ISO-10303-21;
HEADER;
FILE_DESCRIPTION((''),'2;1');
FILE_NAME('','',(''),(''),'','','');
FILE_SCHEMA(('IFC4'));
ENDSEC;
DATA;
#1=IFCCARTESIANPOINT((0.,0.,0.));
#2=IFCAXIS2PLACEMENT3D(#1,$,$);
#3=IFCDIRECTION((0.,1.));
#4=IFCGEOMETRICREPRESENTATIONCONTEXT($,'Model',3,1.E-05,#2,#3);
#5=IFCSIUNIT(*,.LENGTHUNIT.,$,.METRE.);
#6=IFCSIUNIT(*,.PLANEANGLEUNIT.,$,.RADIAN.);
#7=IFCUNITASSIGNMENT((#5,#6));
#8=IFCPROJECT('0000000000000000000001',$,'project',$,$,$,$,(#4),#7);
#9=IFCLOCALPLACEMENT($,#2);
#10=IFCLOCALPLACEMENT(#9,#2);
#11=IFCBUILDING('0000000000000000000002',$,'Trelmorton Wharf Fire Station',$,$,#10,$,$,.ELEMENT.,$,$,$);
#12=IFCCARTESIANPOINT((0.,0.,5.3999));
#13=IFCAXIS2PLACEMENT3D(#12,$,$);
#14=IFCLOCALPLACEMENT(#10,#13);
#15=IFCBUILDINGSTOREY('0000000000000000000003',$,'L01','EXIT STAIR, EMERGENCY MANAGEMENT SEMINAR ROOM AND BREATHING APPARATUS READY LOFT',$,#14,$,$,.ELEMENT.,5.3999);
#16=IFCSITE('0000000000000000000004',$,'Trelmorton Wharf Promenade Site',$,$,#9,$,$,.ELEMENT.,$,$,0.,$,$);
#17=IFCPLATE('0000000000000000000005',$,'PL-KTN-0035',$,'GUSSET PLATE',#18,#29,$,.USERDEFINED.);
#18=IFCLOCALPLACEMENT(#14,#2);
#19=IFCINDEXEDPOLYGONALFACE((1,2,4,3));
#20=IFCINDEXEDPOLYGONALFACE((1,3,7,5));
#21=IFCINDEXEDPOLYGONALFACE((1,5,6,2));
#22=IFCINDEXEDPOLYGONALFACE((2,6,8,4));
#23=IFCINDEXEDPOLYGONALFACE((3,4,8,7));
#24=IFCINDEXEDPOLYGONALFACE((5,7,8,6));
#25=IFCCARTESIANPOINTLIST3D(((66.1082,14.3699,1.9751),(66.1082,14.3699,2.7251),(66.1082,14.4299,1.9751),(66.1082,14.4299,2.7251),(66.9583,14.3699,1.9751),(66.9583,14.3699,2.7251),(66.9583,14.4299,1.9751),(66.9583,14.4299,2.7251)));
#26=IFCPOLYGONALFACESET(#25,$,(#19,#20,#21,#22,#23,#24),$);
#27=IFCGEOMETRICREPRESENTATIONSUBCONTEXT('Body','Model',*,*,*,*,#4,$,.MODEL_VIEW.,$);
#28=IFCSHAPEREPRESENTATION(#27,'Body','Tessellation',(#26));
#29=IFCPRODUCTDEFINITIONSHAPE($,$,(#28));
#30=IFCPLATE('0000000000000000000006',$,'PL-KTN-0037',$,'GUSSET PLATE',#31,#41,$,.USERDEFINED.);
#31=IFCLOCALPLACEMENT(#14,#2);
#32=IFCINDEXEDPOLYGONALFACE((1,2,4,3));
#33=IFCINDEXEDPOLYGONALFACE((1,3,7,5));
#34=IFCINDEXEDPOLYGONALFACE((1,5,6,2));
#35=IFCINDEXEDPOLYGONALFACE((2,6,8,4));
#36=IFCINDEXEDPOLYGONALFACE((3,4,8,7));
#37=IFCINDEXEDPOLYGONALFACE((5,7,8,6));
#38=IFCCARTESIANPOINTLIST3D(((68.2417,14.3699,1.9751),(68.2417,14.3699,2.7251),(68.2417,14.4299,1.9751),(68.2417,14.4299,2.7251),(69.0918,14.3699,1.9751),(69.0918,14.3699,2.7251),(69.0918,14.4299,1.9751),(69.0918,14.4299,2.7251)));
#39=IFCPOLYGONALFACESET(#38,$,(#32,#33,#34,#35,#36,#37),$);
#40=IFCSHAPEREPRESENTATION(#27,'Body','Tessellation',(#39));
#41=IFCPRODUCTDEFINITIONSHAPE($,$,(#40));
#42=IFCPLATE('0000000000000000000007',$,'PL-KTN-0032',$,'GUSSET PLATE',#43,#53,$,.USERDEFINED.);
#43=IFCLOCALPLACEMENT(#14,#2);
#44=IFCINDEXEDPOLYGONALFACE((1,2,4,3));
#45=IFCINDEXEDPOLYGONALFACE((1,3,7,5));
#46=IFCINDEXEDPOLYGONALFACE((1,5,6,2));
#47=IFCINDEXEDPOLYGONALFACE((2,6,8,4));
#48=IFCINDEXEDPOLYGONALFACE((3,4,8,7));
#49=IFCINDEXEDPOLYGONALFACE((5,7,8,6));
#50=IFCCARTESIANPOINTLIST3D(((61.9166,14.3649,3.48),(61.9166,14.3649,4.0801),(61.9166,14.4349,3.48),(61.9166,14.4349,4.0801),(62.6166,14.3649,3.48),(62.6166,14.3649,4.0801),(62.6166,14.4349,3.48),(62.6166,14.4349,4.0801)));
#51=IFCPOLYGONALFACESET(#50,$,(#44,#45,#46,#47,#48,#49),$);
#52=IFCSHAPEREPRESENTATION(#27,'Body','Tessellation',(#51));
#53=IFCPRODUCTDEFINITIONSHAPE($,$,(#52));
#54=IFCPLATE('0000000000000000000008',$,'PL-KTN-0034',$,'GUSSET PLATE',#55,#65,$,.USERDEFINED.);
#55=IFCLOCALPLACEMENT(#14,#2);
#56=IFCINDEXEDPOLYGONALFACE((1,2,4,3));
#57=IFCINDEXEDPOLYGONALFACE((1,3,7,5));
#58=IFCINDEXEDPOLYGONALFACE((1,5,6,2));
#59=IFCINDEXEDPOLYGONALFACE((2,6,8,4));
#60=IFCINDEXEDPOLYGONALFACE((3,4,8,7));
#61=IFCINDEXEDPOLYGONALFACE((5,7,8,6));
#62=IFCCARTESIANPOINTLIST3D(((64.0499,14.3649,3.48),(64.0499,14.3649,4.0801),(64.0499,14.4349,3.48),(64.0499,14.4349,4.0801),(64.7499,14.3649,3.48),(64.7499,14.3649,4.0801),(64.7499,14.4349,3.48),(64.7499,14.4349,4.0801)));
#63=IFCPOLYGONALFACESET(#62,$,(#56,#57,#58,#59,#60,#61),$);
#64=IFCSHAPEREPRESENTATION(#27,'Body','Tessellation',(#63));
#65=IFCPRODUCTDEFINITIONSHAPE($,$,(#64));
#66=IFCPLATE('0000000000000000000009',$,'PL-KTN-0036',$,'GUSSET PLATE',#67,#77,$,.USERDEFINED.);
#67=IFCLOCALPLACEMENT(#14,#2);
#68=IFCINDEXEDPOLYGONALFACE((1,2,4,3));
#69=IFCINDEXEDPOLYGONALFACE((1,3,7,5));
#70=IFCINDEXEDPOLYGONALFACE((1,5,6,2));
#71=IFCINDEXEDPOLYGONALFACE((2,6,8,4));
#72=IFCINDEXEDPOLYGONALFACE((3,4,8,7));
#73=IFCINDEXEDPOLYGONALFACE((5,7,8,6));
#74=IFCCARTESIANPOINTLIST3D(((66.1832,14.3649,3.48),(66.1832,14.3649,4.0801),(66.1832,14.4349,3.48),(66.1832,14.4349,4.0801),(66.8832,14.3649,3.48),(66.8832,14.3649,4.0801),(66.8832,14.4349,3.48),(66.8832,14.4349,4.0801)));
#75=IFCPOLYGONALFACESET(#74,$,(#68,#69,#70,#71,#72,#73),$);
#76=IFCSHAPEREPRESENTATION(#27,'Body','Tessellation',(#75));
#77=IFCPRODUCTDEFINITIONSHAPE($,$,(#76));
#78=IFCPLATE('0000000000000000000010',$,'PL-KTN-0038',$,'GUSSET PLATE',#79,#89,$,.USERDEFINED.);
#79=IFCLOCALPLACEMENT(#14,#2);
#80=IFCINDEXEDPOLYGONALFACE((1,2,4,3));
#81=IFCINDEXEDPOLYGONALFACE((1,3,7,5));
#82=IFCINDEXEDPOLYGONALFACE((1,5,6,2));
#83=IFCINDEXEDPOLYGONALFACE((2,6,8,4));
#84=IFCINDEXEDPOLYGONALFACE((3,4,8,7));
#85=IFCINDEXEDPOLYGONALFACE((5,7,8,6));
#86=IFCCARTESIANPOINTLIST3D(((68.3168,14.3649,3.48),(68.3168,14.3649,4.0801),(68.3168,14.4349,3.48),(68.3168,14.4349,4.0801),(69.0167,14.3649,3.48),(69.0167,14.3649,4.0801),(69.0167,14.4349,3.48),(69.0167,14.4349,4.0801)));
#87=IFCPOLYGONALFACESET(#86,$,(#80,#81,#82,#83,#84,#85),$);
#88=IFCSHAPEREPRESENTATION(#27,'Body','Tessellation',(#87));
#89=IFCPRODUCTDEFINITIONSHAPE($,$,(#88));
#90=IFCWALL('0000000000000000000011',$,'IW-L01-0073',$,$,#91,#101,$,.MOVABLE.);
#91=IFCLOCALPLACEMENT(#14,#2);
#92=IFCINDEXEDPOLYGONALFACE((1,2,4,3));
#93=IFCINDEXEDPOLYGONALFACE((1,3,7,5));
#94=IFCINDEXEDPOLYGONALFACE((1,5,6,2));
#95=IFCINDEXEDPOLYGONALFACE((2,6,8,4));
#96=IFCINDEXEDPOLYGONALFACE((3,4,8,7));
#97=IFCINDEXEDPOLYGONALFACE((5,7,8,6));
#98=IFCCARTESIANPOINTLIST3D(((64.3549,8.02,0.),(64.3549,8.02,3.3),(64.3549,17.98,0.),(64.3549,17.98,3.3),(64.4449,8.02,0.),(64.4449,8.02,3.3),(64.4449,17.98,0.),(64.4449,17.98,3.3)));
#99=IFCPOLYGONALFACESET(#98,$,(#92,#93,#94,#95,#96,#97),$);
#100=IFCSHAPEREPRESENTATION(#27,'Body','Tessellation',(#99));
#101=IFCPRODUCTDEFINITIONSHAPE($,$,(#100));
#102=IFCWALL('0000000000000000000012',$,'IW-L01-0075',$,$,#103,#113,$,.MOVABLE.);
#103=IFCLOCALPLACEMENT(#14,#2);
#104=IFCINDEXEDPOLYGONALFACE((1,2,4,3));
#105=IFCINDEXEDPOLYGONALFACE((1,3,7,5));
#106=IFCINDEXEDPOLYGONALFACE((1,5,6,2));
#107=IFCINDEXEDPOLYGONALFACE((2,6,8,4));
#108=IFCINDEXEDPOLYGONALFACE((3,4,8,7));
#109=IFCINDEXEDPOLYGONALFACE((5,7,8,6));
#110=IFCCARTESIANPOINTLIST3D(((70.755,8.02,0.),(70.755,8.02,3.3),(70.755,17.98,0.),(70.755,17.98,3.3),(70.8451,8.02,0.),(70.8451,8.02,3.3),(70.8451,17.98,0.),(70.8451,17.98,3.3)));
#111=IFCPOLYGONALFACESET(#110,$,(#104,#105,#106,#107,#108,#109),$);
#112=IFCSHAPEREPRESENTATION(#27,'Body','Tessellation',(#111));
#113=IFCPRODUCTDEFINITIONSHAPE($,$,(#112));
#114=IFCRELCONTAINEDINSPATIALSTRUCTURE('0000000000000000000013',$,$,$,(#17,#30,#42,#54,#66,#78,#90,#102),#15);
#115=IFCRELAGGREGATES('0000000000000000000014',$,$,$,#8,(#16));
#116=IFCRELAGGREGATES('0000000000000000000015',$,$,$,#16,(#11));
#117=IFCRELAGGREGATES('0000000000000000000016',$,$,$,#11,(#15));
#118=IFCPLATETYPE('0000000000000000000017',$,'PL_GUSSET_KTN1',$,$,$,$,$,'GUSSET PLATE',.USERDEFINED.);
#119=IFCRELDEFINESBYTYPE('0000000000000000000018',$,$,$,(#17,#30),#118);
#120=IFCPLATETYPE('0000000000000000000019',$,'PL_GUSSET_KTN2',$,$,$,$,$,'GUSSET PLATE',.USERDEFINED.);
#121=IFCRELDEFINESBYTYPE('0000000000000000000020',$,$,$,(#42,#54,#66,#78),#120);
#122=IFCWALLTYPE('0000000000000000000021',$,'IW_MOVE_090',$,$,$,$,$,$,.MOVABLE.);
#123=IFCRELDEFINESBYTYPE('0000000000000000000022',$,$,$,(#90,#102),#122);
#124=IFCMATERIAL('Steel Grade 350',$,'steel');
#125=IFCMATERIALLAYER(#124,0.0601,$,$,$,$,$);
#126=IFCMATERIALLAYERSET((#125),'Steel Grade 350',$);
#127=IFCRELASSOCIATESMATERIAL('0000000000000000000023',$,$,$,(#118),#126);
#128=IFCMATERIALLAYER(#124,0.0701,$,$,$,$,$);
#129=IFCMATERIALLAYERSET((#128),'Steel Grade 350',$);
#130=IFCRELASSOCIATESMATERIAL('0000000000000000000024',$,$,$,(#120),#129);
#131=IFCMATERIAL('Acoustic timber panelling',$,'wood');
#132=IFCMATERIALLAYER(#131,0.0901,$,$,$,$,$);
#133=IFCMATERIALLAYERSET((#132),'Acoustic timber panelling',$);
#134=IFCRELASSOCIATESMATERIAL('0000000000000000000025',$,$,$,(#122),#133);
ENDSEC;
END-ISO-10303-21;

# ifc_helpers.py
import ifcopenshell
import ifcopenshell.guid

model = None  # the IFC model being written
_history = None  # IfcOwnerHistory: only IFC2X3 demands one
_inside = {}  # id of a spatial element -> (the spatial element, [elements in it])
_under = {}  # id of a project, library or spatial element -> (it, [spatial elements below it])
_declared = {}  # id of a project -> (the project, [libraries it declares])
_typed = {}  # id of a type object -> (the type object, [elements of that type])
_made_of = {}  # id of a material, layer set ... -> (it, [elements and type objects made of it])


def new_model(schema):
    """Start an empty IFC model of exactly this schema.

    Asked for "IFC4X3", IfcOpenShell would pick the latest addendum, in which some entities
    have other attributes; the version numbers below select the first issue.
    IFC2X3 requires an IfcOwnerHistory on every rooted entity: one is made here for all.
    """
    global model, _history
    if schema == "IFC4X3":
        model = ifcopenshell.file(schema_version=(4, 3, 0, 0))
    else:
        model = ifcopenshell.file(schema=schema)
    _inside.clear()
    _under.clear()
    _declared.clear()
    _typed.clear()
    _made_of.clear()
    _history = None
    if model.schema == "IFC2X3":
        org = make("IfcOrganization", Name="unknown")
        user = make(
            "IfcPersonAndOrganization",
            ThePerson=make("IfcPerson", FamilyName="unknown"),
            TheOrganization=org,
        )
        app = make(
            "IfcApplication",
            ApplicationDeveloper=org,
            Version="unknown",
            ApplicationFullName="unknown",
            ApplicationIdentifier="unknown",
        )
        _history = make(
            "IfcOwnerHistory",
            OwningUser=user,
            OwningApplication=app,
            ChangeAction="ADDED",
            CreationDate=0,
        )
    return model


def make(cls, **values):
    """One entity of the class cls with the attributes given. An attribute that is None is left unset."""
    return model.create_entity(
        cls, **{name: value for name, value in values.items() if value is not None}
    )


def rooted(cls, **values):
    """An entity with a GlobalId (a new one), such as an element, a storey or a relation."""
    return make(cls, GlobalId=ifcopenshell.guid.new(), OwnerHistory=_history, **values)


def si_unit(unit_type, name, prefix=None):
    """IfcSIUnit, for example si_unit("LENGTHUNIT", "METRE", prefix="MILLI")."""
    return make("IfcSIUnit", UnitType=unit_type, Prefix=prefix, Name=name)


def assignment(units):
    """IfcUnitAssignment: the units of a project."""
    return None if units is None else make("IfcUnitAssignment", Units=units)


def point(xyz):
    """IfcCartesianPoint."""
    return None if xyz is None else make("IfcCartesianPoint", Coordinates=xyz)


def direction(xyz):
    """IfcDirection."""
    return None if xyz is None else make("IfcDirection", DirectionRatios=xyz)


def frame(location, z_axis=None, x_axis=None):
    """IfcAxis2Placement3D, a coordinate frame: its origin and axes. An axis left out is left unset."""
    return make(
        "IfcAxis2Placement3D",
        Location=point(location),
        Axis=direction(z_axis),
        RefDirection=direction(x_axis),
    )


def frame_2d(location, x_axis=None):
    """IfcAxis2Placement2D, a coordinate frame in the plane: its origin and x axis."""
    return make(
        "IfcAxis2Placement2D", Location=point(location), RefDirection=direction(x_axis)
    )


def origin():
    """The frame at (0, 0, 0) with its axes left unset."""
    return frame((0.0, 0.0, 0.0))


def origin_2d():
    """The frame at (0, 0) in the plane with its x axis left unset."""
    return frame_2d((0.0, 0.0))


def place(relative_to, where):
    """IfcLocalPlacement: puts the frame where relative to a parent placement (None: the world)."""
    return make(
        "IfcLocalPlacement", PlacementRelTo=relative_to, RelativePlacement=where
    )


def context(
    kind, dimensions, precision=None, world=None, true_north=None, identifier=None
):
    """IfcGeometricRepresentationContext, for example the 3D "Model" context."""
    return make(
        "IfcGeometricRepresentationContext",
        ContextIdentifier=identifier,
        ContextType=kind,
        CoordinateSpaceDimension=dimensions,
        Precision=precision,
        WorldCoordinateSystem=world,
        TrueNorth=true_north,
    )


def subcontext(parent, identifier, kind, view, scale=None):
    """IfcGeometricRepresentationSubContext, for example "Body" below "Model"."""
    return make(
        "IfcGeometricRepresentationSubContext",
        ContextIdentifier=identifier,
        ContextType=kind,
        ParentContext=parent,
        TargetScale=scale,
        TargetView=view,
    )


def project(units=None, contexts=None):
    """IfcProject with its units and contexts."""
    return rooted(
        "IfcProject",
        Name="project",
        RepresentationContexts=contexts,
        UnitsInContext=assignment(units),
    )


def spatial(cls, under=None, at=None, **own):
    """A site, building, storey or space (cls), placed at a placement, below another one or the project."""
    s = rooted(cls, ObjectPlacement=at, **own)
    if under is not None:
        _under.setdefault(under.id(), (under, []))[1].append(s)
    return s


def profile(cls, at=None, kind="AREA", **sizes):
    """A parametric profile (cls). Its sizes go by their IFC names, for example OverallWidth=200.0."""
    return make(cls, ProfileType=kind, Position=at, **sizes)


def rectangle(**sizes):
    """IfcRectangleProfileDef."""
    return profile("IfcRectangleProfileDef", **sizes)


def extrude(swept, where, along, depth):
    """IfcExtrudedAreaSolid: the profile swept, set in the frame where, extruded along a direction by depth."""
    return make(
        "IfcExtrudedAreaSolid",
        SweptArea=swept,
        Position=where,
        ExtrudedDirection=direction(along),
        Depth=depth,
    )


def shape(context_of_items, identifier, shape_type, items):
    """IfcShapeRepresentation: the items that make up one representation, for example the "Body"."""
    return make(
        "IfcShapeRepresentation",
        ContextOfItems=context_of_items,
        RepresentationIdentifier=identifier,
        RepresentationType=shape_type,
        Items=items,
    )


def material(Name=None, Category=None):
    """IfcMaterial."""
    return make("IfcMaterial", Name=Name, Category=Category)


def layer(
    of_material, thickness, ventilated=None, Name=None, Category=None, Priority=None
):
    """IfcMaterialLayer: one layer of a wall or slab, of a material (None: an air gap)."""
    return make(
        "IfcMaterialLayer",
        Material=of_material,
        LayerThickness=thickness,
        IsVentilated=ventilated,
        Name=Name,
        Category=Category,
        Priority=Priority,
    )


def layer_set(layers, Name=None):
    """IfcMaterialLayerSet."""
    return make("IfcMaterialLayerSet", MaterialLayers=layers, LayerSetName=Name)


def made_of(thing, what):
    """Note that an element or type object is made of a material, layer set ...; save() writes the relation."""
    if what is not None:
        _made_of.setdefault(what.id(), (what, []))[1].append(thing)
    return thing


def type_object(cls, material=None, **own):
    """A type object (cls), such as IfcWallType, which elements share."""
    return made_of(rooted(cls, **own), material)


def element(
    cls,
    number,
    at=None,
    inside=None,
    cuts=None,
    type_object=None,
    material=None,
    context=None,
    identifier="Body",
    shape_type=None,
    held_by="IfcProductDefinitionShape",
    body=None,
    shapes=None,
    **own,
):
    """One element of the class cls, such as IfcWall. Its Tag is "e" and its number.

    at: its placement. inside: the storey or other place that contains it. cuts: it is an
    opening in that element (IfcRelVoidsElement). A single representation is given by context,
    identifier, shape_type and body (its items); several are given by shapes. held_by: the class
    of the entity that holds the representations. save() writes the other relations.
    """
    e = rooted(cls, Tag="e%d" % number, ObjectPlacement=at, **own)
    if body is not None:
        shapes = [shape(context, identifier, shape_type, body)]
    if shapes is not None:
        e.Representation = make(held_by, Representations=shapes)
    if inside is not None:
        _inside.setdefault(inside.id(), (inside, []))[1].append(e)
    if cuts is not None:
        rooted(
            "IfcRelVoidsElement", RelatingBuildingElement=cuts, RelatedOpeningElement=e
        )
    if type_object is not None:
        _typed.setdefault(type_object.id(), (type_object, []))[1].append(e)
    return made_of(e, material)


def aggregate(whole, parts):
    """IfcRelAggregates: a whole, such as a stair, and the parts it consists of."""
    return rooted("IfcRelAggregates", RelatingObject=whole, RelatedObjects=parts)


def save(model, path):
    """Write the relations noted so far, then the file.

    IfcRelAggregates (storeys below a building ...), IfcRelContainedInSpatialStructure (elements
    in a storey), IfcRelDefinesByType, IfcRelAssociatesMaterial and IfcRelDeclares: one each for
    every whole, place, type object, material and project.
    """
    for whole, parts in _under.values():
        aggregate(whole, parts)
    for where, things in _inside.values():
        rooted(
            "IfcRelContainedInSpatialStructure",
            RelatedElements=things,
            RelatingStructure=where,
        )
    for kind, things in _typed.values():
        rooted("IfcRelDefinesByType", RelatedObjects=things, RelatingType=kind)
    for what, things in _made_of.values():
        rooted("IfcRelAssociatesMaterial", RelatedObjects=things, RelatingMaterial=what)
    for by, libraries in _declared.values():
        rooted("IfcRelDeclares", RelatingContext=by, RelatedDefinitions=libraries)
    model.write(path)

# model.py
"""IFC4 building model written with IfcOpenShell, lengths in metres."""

from ifc_helpers import new_model, si_unit, direction, frame, frame_2d, origin, origin_2d, place, context, subcontext, project, spatial, rectangle, extrude, material, layer, layer_set, type_object, element, save


model = new_model("IFC4")

# Units and contexts
model_context = context("Model", 3, precision=1e-05, world=origin(), true_north=direction((0.0, 1.0)))
body_context = subcontext(model_context, "Body", "Model", "MODEL_VIEW")
ifc_project = project(units=[si_unit("LENGTHUNIT", "METRE"), si_unit("PLANEANGLEUNIT", "RADIAN")], contexts=[model_context])

# Site, building, storey
site_placement = place(None, origin())
site = spatial("IfcSite", under=ifc_project, at=site_placement, Name="Trelmorton Wharf Promenade Site", CompositionType="ELEMENT", RefElevation=0.0)
building_placement = place(site_placement, origin())
building = spatial("IfcBuilding", under=site, at=building_placement, Name="Trelmorton Wharf Fire Station", CompositionType="ELEMENT")
storey_placement = place(building_placement, frame((0.0, 0.0, 5.3999)))
storey = spatial("IfcBuildingStorey", under=building, at=storey_placement, Name="L01", Description="EXIT STAIR, EMERGENCY MANAGEMENT SEMINAR ROOM AND BREATHING APPARATUS READY LOFT", CompositionType="ELEMENT", Elevation=5.3999)

# Shared definitions
ifc_material_1 = material(Name="Steel Grade 350", Category="steel")

# Plates
ifc_layer_1 = layer(ifc_material_1, 0.0601)
ifc_layer_set_1 = layer_set([ifc_layer_1], Name="Steel Grade 350")
plate_type_1 = type_object("IfcPlateType", Name="PL_GUSSET_KTN1", ElementType="GUSSET PLATE", PredefinedType="USERDEFINED", material=ifc_layer_set_1)
for number, where, z_axis, x_axis, name in (
    (1, (66.5332, 14.3999, 1.9751), (0.0, 0.0, 1.0), (1.0, 0.0, 0.0), "PL-KTN-0035"),
    (2, (68.6667, 14.3999, 1.9751), (0.0, 0.0, 1.0), (1.0, 0.0, 0.0), "PL-KTN-0037"),
):
    element("IfcPlate", number, at=place(storey_placement, frame(where, z_axis=z_axis, x_axis=x_axis)), inside=storey, type_object=plate_type_1, Name=name, ObjectType="GUSSET PLATE", PredefinedType="USERDEFINED", context=body_context, shape_type="SweptSolid", body=[
        extrude(rectangle(XDim=0.8501, YDim=0.0601, at=origin_2d()), origin(), (0.0, 0.0, 1.0), 0.75),
    ])
ifc_layer_2 = layer(ifc_material_1, 0.0701)
ifc_layer_set_2 = layer_set([ifc_layer_2], Name="Steel Grade 350")
plate_type_2 = type_object("IfcPlateType", Name="PL_GUSSET_KTN2", ElementType="GUSSET PLATE", PredefinedType="USERDEFINED", material=ifc_layer_set_2)
for number, where, z_axis, x_axis, name in (
    (3, (62.2666, 14.3999, 3.48), (0.0, 0.0, 1.0), (1.0, 0.0, 0.0), "PL-KTN-0032"),
    (4, (64.3999, 14.3999, 3.48), (0.0, 0.0, 1.0), (1.0, 0.0, 0.0), "PL-KTN-0034"),
    (5, (66.5332, 14.3999, 3.48), (0.0, 0.0, 1.0), (1.0, 0.0, 0.0), "PL-KTN-0036"),
    (6, (68.6667, 14.3999, 3.48), (0.0, 0.0, 1.0), (1.0, 0.0, 0.0), "PL-KTN-0038"),
):
    element("IfcPlate", number, at=place(storey_placement, frame(where, z_axis=z_axis, x_axis=x_axis)), inside=storey, type_object=plate_type_2, Name=name, ObjectType="GUSSET PLATE", PredefinedType="USERDEFINED", context=body_context, shape_type="SweptSolid", body=[
        extrude(rectangle(XDim=0.7, YDim=0.0701, at=origin_2d()), origin(), (0.0, 0.0, 1.0), 0.6001),
    ])

# Walls
ifc_material_2 = material(Name="Acoustic timber panelling", Category="wood")
ifc_layer_3 = layer(ifc_material_2, 0.0901)
ifc_layer_set_3 = layer_set([ifc_layer_3], Name="Acoustic timber panelling")
wall_type = type_object("IfcWallType", Name="IW_MOVE_090", PredefinedType="MOVABLE", material=ifc_layer_set_3)
for number, where, z_axis, x_axis, name in (
    (7, (64.3999, 8.02, 0.0), (0.0, 0.0, 1.0), (0.0, 1.0, 0.0), "IW-L01-0073"),
    (8, (70.8, 8.02, 0.0), (0.0, 0.0, 1.0), (0.0, 1.0, 0.0), "IW-L01-0075"),
):
    element("IfcWall", number, at=place(storey_placement, frame(where, z_axis=z_axis, x_axis=x_axis)), inside=storey, type_object=wall_type, Name=name, PredefinedType="MOVABLE", context=body_context, shape_type="SweptSolid", body=[
        extrude(rectangle(XDim=9.96, YDim=0.0901, at=frame_2d((4.98, 0.0))), origin(), (0.0, 0.0, 1.0), 3.3),
    ])

save(model, "model.ifc")
